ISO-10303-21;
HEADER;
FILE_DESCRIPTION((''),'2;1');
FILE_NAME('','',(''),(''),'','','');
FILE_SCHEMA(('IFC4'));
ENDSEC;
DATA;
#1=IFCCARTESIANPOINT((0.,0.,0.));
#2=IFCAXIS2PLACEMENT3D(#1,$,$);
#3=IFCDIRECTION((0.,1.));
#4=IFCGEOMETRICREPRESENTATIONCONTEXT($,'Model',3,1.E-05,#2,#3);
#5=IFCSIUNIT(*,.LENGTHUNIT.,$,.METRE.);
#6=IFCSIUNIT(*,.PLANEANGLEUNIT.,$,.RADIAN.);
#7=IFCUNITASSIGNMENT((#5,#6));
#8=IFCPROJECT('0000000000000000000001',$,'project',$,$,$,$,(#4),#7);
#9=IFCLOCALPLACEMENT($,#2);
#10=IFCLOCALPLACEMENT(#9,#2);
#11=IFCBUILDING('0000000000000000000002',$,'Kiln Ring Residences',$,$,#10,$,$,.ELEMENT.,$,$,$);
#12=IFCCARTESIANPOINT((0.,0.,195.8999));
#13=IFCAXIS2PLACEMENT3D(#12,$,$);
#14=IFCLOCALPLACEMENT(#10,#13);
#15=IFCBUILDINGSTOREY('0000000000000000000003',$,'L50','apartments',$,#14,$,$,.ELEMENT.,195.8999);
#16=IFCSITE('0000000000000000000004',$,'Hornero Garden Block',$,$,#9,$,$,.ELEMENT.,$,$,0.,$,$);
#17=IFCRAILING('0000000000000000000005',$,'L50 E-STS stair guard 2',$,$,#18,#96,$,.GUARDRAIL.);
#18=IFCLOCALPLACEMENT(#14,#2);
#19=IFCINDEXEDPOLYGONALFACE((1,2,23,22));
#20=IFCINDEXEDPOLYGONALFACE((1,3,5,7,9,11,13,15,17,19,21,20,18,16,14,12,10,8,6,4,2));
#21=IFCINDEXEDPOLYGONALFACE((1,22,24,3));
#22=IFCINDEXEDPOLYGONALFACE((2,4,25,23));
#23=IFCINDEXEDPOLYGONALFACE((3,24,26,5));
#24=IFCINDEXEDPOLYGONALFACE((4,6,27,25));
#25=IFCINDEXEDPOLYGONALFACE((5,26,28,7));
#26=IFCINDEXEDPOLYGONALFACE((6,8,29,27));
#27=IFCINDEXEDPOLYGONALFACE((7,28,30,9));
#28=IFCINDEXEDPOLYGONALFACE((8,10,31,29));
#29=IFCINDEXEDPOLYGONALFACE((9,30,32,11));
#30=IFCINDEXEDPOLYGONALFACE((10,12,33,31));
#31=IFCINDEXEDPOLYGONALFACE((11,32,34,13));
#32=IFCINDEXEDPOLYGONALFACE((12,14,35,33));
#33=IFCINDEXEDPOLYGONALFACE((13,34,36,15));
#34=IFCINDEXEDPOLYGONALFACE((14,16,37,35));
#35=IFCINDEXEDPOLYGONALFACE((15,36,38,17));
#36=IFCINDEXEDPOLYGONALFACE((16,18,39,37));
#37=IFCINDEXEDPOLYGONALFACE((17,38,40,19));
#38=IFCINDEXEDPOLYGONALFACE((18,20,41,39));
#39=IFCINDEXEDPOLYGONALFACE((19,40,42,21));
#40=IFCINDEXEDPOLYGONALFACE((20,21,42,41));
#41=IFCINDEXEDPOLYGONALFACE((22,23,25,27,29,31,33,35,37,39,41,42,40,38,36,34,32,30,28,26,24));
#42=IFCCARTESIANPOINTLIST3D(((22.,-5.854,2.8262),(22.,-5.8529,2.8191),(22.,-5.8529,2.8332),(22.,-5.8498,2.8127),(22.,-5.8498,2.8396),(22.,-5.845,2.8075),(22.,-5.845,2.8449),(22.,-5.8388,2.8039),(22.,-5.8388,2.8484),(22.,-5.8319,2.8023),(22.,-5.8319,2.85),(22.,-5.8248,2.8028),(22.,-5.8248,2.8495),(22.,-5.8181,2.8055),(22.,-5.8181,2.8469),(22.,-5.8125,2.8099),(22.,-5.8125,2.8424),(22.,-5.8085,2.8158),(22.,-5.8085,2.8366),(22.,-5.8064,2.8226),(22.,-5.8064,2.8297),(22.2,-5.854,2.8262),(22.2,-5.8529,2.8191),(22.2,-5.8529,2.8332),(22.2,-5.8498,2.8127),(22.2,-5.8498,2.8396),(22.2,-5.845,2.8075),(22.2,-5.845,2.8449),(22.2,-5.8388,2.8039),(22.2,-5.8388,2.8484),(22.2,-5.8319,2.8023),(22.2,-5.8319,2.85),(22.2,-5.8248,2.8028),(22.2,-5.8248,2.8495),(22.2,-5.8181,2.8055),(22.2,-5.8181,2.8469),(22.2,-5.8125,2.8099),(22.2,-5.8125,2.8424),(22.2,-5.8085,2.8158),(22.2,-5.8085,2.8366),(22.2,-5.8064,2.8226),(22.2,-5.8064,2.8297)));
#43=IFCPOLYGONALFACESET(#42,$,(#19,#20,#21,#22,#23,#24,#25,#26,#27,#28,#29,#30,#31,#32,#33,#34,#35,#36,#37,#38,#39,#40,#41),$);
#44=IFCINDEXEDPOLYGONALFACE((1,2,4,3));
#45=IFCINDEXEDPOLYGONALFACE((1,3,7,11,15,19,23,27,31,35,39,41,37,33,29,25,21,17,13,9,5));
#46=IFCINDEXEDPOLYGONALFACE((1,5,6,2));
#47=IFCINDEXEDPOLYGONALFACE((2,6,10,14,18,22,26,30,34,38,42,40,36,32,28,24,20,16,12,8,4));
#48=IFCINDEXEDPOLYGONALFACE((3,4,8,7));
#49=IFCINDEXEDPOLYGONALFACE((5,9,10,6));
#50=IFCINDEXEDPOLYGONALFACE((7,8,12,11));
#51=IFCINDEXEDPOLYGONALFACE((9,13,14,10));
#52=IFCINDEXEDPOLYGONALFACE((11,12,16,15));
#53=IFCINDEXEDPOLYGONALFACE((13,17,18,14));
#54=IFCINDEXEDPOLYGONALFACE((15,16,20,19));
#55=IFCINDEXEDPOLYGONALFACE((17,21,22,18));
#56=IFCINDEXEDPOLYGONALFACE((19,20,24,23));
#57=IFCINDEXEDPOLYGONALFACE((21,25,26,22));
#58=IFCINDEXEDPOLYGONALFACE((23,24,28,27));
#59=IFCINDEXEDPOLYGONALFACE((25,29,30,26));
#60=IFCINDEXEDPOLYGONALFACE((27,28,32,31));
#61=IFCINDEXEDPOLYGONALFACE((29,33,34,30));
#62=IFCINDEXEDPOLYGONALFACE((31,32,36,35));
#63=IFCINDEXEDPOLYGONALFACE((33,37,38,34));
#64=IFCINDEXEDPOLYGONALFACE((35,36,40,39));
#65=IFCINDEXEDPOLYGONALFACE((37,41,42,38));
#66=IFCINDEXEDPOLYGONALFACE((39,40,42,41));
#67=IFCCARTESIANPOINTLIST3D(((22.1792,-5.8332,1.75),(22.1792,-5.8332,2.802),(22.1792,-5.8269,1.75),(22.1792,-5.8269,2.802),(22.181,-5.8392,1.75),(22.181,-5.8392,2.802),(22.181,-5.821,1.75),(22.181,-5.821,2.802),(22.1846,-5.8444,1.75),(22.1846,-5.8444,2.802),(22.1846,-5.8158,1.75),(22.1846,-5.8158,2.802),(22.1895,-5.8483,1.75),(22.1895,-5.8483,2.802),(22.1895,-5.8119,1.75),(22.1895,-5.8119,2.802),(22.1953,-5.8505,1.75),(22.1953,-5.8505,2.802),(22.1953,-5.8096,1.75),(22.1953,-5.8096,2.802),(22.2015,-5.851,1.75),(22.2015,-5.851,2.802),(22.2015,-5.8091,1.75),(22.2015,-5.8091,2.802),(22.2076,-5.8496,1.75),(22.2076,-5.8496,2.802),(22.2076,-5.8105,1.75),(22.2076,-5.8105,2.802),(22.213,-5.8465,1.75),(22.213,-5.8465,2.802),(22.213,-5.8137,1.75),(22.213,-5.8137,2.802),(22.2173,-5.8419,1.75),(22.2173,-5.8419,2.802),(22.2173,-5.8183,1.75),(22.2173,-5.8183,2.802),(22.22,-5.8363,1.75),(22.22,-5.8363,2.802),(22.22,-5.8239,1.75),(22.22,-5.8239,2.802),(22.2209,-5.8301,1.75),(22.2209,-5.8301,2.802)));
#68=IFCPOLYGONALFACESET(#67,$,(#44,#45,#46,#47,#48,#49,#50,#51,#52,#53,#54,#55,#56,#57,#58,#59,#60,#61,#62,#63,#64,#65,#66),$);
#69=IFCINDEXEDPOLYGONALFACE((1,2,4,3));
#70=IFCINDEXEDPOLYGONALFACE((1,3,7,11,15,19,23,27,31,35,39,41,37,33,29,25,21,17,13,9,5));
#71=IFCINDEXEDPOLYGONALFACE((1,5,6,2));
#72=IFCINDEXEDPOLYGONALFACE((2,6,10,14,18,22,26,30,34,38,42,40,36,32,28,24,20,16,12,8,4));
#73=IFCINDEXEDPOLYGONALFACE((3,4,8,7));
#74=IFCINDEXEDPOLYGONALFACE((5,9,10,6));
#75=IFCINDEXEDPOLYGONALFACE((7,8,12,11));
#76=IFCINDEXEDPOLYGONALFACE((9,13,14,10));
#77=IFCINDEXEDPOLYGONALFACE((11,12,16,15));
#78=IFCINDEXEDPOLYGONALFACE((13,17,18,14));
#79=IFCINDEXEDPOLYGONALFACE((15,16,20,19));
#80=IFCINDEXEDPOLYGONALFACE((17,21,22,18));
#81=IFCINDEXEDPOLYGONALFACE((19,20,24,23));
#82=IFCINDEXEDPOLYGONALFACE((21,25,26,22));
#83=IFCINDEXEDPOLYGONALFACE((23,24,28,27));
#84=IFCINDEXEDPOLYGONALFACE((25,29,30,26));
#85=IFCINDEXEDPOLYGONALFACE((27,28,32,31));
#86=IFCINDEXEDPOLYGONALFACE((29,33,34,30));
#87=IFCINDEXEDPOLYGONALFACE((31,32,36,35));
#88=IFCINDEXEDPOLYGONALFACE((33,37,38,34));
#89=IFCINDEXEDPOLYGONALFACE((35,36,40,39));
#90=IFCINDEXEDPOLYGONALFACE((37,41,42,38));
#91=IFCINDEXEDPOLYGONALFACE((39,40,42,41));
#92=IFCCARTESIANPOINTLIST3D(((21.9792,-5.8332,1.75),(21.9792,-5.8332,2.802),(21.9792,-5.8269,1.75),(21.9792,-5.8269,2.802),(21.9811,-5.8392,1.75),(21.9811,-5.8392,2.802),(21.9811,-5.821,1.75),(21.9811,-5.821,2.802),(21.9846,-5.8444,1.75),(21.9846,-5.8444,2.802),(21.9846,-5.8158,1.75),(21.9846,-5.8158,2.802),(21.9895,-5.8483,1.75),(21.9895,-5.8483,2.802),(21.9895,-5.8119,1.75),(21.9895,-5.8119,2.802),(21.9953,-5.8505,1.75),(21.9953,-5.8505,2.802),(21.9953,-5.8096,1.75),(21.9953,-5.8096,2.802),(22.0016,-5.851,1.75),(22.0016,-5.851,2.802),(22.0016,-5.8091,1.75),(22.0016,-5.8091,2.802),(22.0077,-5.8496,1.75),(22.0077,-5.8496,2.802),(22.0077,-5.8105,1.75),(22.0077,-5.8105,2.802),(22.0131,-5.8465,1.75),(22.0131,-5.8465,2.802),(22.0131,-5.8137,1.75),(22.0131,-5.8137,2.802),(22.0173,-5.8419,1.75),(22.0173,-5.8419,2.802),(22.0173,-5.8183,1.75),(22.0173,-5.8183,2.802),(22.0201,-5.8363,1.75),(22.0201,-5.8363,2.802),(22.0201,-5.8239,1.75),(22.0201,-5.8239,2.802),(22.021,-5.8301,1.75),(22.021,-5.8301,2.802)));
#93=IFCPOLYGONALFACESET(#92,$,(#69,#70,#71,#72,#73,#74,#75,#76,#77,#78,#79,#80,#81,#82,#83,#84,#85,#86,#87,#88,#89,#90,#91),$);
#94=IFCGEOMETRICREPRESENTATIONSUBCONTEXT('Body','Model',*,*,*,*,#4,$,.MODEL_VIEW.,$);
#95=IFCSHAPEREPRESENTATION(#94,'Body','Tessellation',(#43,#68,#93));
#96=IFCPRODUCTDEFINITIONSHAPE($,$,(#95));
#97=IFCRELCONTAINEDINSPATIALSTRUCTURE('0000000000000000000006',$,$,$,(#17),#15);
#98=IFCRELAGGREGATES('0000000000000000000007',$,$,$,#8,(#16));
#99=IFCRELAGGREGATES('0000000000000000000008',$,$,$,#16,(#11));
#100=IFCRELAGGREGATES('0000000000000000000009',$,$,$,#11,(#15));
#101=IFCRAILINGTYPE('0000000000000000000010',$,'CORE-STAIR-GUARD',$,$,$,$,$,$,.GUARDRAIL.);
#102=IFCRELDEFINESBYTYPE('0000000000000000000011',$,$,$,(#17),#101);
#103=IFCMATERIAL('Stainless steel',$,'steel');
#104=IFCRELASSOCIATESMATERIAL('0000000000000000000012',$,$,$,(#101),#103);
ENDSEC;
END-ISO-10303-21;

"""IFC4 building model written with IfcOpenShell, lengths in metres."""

from ifc_helpers import new_model, si_unit, direction, frame, origin, origin_2d, place, context, subcontext, project, spatial, circle, extrude, material, type_object, element, save


model = new_model("IFC4")

# Units and contexts
model_context = context("Model", 3, precision=1e-05, world=origin(), true_north=direction((0.0, 1.0)))
body_context = subcontext(model_context, "Body", "Model", "MODEL_VIEW")
ifc_project = project(units=[si_unit("LENGTHUNIT", "METRE"), si_unit("PLANEANGLEUNIT", "RADIAN")], contexts=[model_context])

# Site, building, storey
site_placement = place(None, origin())
site = spatial("IfcSite", under=ifc_project, at=site_placement, Name="Hornero Garden Block", CompositionType="ELEMENT", RefElevation=0.0)
building_placement = place(site_placement, origin())
building = spatial("IfcBuilding", under=site, at=building_placement, Name="Kiln Ring Residences", CompositionType="ELEMENT")
storey_placement = place(building_placement, frame((0.0, 0.0, 195.8999)))
storey = spatial("IfcBuildingStorey", under=building, at=storey_placement, Name="L50", Description="apartments", CompositionType="ELEMENT", Elevation=195.8999)

# Railing
ifc_material_1 = material(Name="Stainless steel", Category="steel")
railing_type_1 = type_object("IfcRailingType", Name="CORE-STAIR-GUARD", PredefinedType="GUARDRAIL", material=ifc_material_1)
railing_1_placement = place(storey_placement, frame((22.2, -5.8301, 1.75)))
element("IfcRailing", 1, at=railing_1_placement, inside=storey, type_object=railing_type_1, Name="L50 E-STS stair guard 2", PredefinedType="GUARDRAIL", context=body_context, shape_type="SweptSolid", body=[
    extrude(circle(Radius=0.0239, at=origin_2d()), frame((0.0, 0.0, 1.0762), z_axis=(-1.0, 0.0, 0.0), x_axis=(0.0, -1.0, 0.0)), (0.0, 0.0, 1.0), 0.2),
    extrude(circle(Radius=0.021, at=origin_2d()), origin(), (0.0, 0.0, 1.0), 1.052),
    extrude(circle(Radius=0.021, at=origin_2d()), frame((-0.2, 0.0, 0.0)), (0.0, 0.0, 1.0), 1.052),
])

save(model, "model.ifc")
